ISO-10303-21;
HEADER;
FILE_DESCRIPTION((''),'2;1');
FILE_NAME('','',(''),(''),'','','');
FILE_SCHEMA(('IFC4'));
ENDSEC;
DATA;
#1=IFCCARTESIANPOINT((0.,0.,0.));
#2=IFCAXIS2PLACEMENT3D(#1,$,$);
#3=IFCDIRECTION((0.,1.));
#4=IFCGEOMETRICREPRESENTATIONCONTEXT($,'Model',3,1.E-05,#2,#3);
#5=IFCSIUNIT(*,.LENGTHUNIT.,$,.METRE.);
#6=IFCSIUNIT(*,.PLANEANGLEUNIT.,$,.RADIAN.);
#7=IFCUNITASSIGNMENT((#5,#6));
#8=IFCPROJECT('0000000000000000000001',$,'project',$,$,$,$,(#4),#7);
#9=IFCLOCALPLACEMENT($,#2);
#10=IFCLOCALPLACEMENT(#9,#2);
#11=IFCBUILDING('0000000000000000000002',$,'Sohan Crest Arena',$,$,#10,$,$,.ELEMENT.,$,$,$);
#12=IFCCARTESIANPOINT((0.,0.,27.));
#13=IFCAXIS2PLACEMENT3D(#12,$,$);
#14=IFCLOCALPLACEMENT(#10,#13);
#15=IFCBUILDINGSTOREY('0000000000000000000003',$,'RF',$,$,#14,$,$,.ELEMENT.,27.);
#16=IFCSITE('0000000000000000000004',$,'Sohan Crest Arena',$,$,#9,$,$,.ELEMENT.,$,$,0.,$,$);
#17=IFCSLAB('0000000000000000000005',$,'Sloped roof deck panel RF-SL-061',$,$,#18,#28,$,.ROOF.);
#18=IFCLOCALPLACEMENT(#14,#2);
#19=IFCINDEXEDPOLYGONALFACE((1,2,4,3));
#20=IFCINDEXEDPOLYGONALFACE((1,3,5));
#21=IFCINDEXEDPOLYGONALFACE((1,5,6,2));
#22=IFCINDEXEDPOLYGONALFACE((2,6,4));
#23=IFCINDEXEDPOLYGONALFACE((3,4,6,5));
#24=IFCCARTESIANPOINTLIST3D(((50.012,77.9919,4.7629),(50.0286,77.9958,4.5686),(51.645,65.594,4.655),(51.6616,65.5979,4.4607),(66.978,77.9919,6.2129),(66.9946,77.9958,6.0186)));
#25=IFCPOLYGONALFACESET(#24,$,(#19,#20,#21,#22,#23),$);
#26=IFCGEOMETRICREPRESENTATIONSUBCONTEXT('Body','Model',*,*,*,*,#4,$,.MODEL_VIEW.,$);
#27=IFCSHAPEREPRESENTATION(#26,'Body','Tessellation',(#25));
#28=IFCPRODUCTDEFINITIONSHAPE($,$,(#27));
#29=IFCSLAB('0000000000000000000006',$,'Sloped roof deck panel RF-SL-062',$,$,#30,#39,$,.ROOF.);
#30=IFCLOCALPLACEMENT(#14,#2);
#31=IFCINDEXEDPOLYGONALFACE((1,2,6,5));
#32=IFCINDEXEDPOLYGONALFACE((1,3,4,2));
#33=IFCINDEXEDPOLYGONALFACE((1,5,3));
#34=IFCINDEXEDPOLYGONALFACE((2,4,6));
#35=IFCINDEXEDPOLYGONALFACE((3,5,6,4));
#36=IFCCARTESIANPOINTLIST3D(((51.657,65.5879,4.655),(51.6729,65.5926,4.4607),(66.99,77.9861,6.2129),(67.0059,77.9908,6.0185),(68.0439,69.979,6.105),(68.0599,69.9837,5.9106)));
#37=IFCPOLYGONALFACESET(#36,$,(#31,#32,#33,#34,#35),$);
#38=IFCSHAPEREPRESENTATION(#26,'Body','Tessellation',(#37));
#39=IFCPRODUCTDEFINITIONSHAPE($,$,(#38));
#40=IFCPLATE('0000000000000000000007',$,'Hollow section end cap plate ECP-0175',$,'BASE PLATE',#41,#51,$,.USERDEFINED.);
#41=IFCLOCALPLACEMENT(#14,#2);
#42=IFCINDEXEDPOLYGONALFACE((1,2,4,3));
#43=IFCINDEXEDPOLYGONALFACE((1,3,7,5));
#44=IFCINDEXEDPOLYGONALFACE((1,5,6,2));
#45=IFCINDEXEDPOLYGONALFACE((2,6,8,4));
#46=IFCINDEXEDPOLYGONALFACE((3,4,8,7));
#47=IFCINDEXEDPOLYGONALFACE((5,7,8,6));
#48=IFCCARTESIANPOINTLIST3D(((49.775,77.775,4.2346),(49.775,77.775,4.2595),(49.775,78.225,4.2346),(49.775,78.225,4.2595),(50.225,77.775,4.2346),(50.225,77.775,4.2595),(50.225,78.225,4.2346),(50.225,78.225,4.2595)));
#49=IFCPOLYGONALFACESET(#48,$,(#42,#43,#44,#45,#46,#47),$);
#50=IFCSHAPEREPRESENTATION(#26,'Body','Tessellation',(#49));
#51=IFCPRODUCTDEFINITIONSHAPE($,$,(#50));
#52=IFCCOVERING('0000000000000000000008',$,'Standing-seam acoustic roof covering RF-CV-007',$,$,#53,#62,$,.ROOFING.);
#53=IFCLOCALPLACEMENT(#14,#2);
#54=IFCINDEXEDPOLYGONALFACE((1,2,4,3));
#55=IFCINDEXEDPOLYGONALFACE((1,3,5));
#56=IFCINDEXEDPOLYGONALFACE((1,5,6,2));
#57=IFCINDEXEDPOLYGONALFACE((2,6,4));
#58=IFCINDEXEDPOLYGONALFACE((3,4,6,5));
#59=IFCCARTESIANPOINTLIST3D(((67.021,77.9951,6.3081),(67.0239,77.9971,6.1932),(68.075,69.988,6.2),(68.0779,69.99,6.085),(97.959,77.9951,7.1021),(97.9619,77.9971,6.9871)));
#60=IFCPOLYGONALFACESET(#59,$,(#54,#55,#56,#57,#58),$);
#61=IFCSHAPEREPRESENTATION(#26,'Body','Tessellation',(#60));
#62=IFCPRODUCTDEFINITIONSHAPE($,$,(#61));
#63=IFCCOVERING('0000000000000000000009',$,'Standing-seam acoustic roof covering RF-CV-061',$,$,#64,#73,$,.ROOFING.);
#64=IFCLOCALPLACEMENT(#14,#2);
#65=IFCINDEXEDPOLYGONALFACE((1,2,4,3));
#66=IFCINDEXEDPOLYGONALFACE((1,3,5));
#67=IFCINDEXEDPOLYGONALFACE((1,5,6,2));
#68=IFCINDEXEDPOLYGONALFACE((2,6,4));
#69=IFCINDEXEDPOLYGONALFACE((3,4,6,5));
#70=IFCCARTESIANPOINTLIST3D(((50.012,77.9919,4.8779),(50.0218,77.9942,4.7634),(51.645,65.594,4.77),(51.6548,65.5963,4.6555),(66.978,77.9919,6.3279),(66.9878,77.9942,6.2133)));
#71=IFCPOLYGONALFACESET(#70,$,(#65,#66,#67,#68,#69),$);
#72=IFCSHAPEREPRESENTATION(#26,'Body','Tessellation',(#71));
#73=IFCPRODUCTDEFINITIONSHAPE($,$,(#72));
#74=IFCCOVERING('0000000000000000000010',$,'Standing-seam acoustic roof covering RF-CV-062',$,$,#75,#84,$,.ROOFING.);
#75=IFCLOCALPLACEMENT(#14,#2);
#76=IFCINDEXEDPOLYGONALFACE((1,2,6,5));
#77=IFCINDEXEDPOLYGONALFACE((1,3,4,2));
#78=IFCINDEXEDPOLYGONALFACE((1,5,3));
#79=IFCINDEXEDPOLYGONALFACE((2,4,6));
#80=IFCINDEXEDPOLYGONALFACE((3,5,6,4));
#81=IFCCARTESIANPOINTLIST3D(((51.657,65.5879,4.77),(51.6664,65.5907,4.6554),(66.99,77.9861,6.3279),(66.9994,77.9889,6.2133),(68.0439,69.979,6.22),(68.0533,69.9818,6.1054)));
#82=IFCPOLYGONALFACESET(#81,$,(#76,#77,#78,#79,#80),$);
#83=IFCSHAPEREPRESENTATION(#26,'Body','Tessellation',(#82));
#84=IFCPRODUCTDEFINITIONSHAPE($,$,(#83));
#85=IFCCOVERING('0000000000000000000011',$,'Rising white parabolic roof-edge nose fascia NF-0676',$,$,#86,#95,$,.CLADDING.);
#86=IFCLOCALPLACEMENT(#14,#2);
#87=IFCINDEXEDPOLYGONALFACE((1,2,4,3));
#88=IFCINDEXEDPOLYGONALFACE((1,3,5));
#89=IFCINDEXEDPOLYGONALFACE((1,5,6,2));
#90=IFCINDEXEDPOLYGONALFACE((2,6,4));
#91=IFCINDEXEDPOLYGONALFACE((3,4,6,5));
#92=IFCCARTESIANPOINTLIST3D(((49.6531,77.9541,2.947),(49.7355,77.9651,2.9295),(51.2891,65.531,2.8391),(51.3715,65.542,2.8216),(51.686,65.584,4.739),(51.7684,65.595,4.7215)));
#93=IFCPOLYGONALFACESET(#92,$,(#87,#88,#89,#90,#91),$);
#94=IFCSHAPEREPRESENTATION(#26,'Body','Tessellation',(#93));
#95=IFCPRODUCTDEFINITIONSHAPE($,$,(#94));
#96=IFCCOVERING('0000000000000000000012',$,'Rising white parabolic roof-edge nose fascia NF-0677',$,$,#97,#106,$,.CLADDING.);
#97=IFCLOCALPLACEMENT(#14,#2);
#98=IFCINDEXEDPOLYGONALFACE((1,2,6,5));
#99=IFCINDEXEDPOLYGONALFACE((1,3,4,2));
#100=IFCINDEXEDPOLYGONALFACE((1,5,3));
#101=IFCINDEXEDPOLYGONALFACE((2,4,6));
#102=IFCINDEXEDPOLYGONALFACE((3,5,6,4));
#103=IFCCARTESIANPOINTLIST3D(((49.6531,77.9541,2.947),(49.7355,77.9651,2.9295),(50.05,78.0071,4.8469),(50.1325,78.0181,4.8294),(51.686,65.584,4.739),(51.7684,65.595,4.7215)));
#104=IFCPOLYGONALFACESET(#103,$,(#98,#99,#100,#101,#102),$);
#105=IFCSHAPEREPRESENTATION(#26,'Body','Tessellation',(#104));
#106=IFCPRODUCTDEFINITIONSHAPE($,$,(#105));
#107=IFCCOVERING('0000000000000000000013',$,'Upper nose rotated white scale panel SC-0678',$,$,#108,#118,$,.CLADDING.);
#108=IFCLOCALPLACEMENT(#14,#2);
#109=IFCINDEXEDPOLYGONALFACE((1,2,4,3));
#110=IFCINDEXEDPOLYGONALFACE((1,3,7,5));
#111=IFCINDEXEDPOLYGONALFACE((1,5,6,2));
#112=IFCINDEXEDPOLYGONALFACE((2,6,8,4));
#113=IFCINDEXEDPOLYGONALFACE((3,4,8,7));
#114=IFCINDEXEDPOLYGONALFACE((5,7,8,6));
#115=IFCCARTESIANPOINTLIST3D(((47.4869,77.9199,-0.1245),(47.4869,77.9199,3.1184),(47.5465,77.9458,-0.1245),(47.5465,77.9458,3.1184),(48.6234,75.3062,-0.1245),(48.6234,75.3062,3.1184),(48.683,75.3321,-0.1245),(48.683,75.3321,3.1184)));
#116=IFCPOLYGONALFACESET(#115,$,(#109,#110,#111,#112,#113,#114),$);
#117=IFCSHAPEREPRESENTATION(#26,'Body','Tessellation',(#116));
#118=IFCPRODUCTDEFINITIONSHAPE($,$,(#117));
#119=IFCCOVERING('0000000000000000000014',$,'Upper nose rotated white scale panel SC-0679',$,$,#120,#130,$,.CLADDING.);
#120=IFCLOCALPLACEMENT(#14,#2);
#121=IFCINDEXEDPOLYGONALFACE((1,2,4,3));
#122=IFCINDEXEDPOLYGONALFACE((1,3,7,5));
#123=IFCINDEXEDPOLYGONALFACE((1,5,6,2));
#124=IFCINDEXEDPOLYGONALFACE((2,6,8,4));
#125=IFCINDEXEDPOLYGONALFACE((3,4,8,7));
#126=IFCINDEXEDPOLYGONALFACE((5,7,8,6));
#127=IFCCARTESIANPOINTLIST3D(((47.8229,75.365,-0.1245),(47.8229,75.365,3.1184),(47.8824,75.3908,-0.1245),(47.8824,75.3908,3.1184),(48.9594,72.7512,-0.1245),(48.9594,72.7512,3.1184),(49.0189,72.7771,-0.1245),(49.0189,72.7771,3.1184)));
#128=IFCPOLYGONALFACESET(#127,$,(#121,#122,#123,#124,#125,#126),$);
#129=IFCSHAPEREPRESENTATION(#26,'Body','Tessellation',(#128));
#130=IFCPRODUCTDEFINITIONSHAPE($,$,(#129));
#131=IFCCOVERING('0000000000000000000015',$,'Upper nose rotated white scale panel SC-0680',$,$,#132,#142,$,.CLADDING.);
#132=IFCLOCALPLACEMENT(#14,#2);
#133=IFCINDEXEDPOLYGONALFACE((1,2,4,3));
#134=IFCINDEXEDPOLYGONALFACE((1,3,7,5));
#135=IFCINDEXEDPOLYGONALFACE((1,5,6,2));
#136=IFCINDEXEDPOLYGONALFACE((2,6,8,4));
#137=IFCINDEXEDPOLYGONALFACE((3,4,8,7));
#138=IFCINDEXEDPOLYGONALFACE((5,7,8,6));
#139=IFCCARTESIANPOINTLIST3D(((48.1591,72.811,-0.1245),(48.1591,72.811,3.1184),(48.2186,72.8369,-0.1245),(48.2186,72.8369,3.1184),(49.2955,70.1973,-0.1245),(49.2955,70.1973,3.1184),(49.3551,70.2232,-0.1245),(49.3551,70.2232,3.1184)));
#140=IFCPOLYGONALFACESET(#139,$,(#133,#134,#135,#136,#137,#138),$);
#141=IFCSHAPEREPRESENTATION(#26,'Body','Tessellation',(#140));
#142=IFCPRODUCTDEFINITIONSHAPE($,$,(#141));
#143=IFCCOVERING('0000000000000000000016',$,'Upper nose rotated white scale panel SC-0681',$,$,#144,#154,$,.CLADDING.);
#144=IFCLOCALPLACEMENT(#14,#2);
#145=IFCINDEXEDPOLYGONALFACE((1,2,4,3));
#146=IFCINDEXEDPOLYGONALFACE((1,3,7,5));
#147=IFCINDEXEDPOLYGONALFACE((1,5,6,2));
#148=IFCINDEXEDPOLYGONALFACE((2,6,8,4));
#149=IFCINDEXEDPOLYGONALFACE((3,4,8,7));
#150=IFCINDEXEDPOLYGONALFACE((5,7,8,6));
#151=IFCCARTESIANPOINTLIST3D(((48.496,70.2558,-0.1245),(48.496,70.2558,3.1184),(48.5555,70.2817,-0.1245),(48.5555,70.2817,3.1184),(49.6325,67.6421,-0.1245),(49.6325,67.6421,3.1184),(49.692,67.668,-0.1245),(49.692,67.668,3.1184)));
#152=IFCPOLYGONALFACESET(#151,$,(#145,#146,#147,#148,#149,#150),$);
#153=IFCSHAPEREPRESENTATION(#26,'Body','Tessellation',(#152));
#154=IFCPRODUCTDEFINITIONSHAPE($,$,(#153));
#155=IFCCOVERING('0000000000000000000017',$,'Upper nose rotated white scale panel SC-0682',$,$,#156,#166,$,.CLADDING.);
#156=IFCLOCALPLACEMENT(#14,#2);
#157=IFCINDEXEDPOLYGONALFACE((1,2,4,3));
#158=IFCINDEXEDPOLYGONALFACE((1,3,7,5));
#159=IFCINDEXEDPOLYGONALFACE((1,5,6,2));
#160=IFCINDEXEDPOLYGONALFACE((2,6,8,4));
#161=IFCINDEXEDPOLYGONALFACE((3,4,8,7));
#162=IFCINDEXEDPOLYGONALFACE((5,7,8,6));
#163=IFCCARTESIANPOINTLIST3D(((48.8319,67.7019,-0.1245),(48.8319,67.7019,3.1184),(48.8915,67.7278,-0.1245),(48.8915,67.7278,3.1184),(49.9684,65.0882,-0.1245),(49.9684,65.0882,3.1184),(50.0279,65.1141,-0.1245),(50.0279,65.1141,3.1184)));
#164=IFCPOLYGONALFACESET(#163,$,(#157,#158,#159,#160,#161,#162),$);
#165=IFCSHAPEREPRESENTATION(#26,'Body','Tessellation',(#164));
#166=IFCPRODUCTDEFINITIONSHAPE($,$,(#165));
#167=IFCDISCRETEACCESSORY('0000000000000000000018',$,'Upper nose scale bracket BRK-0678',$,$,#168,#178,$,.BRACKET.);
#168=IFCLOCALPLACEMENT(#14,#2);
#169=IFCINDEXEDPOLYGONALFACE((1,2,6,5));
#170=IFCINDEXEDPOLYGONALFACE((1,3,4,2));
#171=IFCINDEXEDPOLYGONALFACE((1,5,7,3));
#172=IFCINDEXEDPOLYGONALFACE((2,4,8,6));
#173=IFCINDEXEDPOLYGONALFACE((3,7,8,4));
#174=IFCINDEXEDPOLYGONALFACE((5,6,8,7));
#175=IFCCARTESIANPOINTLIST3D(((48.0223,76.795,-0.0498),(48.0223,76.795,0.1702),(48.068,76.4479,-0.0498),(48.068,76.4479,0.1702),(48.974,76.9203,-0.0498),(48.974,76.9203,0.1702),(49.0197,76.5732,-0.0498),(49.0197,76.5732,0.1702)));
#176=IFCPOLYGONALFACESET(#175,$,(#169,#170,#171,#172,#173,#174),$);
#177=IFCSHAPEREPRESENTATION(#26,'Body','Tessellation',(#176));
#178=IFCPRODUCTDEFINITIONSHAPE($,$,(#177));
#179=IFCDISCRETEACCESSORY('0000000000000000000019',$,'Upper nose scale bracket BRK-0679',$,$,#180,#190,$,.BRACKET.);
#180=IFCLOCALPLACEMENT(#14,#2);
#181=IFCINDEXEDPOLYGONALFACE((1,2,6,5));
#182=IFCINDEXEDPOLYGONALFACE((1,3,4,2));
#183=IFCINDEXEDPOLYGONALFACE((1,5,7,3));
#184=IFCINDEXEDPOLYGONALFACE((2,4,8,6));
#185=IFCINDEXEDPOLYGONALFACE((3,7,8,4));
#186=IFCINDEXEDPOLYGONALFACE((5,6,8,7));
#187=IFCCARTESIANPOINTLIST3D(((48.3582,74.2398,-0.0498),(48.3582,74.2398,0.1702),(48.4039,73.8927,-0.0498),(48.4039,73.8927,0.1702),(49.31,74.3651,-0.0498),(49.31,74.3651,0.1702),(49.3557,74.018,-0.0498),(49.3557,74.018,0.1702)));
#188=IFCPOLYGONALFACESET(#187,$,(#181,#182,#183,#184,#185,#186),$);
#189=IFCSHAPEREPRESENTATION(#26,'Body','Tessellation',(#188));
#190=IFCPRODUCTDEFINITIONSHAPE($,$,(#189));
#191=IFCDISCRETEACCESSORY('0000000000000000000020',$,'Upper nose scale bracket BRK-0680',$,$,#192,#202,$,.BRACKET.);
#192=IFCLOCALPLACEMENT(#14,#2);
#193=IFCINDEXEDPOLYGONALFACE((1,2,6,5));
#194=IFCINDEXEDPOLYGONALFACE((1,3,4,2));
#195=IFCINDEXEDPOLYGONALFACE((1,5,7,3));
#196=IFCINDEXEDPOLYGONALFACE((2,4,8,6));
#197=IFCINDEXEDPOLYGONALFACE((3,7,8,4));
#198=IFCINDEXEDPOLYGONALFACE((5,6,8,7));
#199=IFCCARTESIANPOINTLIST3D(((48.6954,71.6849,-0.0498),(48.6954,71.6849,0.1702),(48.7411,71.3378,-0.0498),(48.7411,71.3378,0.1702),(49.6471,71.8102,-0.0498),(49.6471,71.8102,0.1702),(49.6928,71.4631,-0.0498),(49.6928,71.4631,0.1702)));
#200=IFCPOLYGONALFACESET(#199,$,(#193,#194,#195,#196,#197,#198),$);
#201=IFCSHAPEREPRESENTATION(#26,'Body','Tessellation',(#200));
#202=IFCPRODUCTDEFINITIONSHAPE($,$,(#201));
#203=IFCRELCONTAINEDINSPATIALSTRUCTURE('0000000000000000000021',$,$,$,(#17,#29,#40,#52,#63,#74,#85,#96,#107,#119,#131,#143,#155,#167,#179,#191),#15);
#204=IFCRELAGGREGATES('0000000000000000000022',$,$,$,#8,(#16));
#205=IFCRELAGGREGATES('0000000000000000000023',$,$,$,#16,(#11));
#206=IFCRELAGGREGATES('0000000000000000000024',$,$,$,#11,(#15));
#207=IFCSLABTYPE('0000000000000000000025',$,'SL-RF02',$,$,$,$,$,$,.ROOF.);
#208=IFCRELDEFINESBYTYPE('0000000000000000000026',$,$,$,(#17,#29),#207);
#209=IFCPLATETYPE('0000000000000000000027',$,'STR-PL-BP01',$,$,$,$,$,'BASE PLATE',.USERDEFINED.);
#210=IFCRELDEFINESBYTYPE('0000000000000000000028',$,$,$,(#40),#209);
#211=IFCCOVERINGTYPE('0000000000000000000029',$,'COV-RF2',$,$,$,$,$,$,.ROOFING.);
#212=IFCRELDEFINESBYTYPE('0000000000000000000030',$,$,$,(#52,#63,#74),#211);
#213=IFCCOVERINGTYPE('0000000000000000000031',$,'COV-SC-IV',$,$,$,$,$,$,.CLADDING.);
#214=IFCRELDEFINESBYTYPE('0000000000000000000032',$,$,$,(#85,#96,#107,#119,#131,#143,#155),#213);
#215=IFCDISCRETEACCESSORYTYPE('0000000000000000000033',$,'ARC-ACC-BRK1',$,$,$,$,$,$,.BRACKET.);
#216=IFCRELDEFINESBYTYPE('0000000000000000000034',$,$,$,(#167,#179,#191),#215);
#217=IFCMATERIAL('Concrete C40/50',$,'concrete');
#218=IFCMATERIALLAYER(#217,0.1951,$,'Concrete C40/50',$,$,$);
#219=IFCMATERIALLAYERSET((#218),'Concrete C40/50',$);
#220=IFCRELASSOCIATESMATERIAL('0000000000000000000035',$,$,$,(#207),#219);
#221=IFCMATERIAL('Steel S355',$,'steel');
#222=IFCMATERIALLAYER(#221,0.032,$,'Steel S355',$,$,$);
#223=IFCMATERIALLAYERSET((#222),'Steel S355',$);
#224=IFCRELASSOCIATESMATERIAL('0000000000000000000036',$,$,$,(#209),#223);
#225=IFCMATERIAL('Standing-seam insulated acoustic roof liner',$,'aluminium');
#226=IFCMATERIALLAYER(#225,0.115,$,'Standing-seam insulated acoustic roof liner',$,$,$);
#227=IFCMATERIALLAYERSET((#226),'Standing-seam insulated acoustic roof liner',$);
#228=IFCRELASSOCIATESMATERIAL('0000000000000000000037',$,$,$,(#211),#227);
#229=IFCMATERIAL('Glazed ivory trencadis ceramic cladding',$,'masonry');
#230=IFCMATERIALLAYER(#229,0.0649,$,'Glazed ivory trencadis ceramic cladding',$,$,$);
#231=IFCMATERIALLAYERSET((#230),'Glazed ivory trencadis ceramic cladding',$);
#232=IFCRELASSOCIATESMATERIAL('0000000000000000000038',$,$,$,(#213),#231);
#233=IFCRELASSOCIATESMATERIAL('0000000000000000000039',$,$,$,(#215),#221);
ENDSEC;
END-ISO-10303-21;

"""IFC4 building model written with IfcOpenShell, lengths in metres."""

from ifc_helpers import new_model, si_unit, direction, frame, origin, origin_2d, place, context, subcontext, project, spatial, polyline, rectangle, outline, extrude, material, layer, layer_set, type_object, element, save


model = new_model("IFC4")

# Units and contexts
model_context = context("Model", 3, precision=1e-05, world=origin(), true_north=direction((0.0, 1.0)))
body_context = subcontext(model_context, "Body", "Model", "MODEL_VIEW")
ifc_project = project(units=[si_unit("LENGTHUNIT", "METRE"), si_unit("PLANEANGLEUNIT", "RADIAN")], contexts=[model_context])

# Site, building, storey
site_placement = place(None, origin())
site = spatial("IfcSite", under=ifc_project, at=site_placement, Name="Sohan Crest Arena", CompositionType="ELEMENT", RefElevation=0.0)
building_placement = place(site_placement, origin())
building = spatial("IfcBuilding", under=site, at=building_placement, Name="Sohan Crest Arena", CompositionType="ELEMENT")
storey_placement = place(building_placement, frame((0.0, 0.0, 27.0)))
storey = spatial("IfcBuildingStorey", under=building, at=storey_placement, Name="RF", CompositionType="ELEMENT", Elevation=27.0)

# Shared definitions
ifc_material_1 = material(Name="Steel S355", Category="steel")

# Slabs
ifc_material_2 = material(Name="Concrete C40/50", Category="concrete")
ifc_layer_1 = layer(ifc_material_2, 0.1951, Name="Concrete C40/50")
ifc_layer_set_1 = layer_set([ifc_layer_1], Name="Concrete C40/50")
slab_type_1 = type_object("IfcSlabType", Name="SL-RF02", PredefinedType="ROOF", material=ifc_layer_set_1)
slab_1_placement = place(storey_placement, frame((66.978, 77.9919, 6.2129), z_axis=(-0.085135, -0.019884, 0.996171), x_axis=(-0.996368, 0.0, -0.085151)))
element("IfcSlab", 1, at=slab_1_placement, inside=storey, type_object=slab_type_1, Name="Sloped roof deck panel RF-SL-061", PredefinedType="ROOF", context=body_context, shape_type="SweptSolid", body=[
    extrude(outline(polyline([(0.0, 0.0), (17.0279, 0.0), (15.41, 12.4004), (0.0, 0.0)])), origin(), (0.0, 0.0, -1.0), 0.1951),
])
slab_2_placement = place(storey_placement, frame((66.99, 77.9861, 6.2129), z_axis=(-0.081681, -0.024179, 0.996365), x_axis=(-0.775182, -0.626809, -0.07876)))
element("IfcSlab", 2, at=slab_2_placement, inside=storey, type_object=slab_type_1, Name="Sloped roof deck panel RF-SL-062", PredefinedType="ROOF", context=body_context, shape_type="SweptSolid", body=[
    extrude(outline(polyline([(0.0, 0.0), (19.7799, 0.0), (4.2104, 6.8926), (0.0, 0.0)])), origin(), (0.0, 0.0, -1.0), 0.1951),
])

# Plate
ifc_layer_2 = layer(ifc_material_1, 0.032, Name="Steel S355")
ifc_layer_set_2 = layer_set([ifc_layer_2], Name="Steel S355")
plate_type = type_object("IfcPlateType", Name="STR-PL-BP01", ElementType="BASE PLATE", PredefinedType="USERDEFINED", material=ifc_layer_set_2)
plate_placement = place(storey_placement, frame((50.0, 78.0, 4.2346), z_axis=(0.0, 0.0, 1.0), x_axis=(1.0, 0.0, 0.0)))
element("IfcPlate", 3, at=plate_placement, inside=storey, type_object=plate_type, Name="Hollow section end cap plate ECP-0175", ObjectType="BASE PLATE", PredefinedType="USERDEFINED", context=body_context, shape_type="SweptSolid", body=[
    extrude(rectangle(XDim=0.45, YDim=0.45, at=origin_2d()), origin(), (0.0, 0.0, 1.0), 0.0249),
])

# Coverings
ifc_material_3 = material(Name="Standing-seam insulated acoustic roof liner", Category="aluminium")
ifc_layer_3 = layer(ifc_material_3, 0.115, Name="Standing-seam insulated acoustic roof liner")
ifc_layer_set_3 = layer_set([ifc_layer_3], Name="Standing-seam insulated acoustic roof liner")
covering_type_1 = type_object("IfcCoveringType", Name="COV-RF2", PredefinedType="ROOFING", material=ifc_layer_set_3)
covering_1_placement = place(storey_placement, frame((67.021, 77.9951, 6.3081), z_axis=(-0.02565, -0.016877, 0.999528), x_axis=(0.130491, -0.991359, -0.013391)))
element("IfcCovering", 4, at=covering_1_placement, inside=storey, type_object=covering_type_1, Name="Standing-seam acoustic roof covering RF-CV-007", PredefinedType="ROOFING", context=body_context, shape_type="SweptSolid", body=[
    extrude(outline(polyline([(0.0, 0.0), (8.0769, 0.0), (4.0265, 30.6851), (0.0, 0.0)])), origin(), (0.0, 0.0, -1.0), 0.115),
])
covering_2_placement = place(storey_placement, frame((66.978, 77.9919, 6.3279), z_axis=(-0.085135, -0.019884, 0.996171), x_axis=(-0.996368, 0.0, -0.085151)))
element("IfcCovering", 5, at=covering_2_placement, inside=storey, type_object=covering_type_1, Name="Standing-seam acoustic roof covering RF-CV-061", PredefinedType="ROOFING", context=body_context, shape_type="SweptSolid", body=[
    extrude(outline(polyline([(0.0, 0.0), (17.0279, 0.0), (15.41, 12.4004), (0.0, 0.0)])), origin(), (0.0, 0.0, -1.0), 0.115),
])
covering_3_placement = place(storey_placement, frame((66.99, 77.9861, 6.3279), z_axis=(-0.081681, -0.024179, 0.996365), x_axis=(-0.775182, -0.626809, -0.07876)))
element("IfcCovering", 6, at=covering_3_placement, inside=storey, type_object=covering_type_1, Name="Standing-seam acoustic roof covering RF-CV-062", PredefinedType="ROOFING", context=body_context, shape_type="SweptSolid", body=[
    extrude(outline(polyline([(0.0, 0.0), (19.7799, 0.0), (4.2104, 6.8926), (0.0, 0.0)])), origin(), (0.0, 0.0, -1.0), 0.115),
])
ifc_material_4 = material(Name="Glazed ivory trencadis ceramic cladding", Category="masonry")
ifc_layer_4 = layer(ifc_material_4, 0.0649, Name="Glazed ivory trencadis ceramic cladding")
ifc_layer_set_4 = layer_set([ifc_layer_4], Name="Glazed ivory trencadis ceramic cladding")
covering_type_2 = type_object("IfcCoveringType", Name="COV-SC-IV", PredefinedType="CLADDING", material=ifc_layer_set_4)
covering_4_placement = place(storey_placement, frame((49.6531, 77.9541, 2.947), z_axis=(-0.969887, -0.129515, 0.206263), x_axis=(0.130557, -0.991403, -0.008612)))
element("IfcCovering", 7, at=covering_4_placement, inside=storey, type_object=covering_type_2, Name="Rising white parabolic roof-edge nose fascia NF-0676", PredefinedType="CLADDING", context=body_context, shape_type="SweptSolid", body=[
    extrude(outline(polyline([(0.0, 0.0), (12.5308, 0.0), (12.5138, 1.9416), (0.0, 0.0)])), origin(), (0.0, 0.0, -1.0), 0.085),
])
covering_5_placement = place(storey_placement, frame((49.6531, 77.9541, 2.947), z_axis=(-0.969887, -0.129515, 0.206263), x_axis=(0.160537, -0.976833, 0.141509)))
element("IfcCovering", 8, at=covering_5_placement, inside=storey, type_object=covering_type_2, Name="Rising white parabolic roof-edge nose fascia NF-0677", PredefinedType="CLADDING", context=body_context, shape_type="SweptSolid", body=[
    extrude(outline(polyline([(0.0, 0.0), (12.6635, 0.0), (0.2808, 1.9212), (0.0, 0.0)])), origin(), (0.0, 0.0, -1.0), 0.085),
])
for number, where, z_axis, x_axis, name in (
    (9, (48.085, 76.626, -0.1245), (0.0, 0.0, 1.0), (0.398749, -0.91706, 0.0), "Upper nose rotated white scale panel SC-0678"),
    (10, (48.4209, 74.071, -0.1245), (0.0, 0.0, 1.0), (0.398749, -0.91706, 0.0), "Upper nose rotated white scale panel SC-0679"),
    (11, (48.7571, 71.5171, -0.1245), (0.0, 0.0, 1.0), (0.398749, -0.91706, 0.0), "Upper nose rotated white scale panel SC-0680"),
    (12, (49.094, 68.9619, -0.1245), (0.0, 0.0, 1.0), (0.398749, -0.91706, 0.0), "Upper nose rotated white scale panel SC-0681"),
    (13, (49.4299, 66.408, -0.1245), (0.0, 0.0, 1.0), (0.398749, -0.91706, 0.0), "Upper nose rotated white scale panel SC-0682"),
):
    element("IfcCovering", number, at=place(storey_placement, frame(where, z_axis=z_axis, x_axis=x_axis)), inside=storey, type_object=covering_type_2, Name=name, PredefinedType="CLADDING", context=body_context, shape_type="SweptSolid", body=[
        extrude(rectangle(XDim=2.8501, YDim=0.0649, at=origin_2d()), origin(), (0.0, 0.0, 1.0), 3.2429),
    ])

# Discrete accessories
discrete_accessory_type = type_object("IfcDiscreteAccessoryType", Name="ARC-ACC-BRK1", PredefinedType="BRACKET", material=ifc_material_1)
for number, where, z_axis, x_axis, name in (
    (14, (48.521, 76.6841, -0.0498), (0.0, 0.0, 1.0), (0.130526, -0.991445, 0.0), "Upper nose scale bracket BRK-0678"),
    (15, (48.8569, 74.1289, -0.0498), (0.0, 0.0, 1.0), (0.130526, -0.991445, 0.0), "Upper nose scale bracket BRK-0679"),
    (16, (49.1941, 71.574, -0.0498), (0.0, 0.0, 1.0), (0.130526, -0.991445, 0.0), "Upper nose scale bracket BRK-0680"),
):
    element("IfcDiscreteAccessory", number, at=place(storey_placement, frame(where, z_axis=z_axis, x_axis=x_axis)), inside=storey, type_object=discrete_accessory_type, Name=name, PredefinedType="BRACKET", context=body_context, shape_type="SweptSolid", body=[
        extrude(rectangle(XDim=0.3501, YDim=0.96, at=origin_2d()), origin(), (0.0, 0.0, 1.0), 0.22),
    ])

save(model, "model.ifc")
